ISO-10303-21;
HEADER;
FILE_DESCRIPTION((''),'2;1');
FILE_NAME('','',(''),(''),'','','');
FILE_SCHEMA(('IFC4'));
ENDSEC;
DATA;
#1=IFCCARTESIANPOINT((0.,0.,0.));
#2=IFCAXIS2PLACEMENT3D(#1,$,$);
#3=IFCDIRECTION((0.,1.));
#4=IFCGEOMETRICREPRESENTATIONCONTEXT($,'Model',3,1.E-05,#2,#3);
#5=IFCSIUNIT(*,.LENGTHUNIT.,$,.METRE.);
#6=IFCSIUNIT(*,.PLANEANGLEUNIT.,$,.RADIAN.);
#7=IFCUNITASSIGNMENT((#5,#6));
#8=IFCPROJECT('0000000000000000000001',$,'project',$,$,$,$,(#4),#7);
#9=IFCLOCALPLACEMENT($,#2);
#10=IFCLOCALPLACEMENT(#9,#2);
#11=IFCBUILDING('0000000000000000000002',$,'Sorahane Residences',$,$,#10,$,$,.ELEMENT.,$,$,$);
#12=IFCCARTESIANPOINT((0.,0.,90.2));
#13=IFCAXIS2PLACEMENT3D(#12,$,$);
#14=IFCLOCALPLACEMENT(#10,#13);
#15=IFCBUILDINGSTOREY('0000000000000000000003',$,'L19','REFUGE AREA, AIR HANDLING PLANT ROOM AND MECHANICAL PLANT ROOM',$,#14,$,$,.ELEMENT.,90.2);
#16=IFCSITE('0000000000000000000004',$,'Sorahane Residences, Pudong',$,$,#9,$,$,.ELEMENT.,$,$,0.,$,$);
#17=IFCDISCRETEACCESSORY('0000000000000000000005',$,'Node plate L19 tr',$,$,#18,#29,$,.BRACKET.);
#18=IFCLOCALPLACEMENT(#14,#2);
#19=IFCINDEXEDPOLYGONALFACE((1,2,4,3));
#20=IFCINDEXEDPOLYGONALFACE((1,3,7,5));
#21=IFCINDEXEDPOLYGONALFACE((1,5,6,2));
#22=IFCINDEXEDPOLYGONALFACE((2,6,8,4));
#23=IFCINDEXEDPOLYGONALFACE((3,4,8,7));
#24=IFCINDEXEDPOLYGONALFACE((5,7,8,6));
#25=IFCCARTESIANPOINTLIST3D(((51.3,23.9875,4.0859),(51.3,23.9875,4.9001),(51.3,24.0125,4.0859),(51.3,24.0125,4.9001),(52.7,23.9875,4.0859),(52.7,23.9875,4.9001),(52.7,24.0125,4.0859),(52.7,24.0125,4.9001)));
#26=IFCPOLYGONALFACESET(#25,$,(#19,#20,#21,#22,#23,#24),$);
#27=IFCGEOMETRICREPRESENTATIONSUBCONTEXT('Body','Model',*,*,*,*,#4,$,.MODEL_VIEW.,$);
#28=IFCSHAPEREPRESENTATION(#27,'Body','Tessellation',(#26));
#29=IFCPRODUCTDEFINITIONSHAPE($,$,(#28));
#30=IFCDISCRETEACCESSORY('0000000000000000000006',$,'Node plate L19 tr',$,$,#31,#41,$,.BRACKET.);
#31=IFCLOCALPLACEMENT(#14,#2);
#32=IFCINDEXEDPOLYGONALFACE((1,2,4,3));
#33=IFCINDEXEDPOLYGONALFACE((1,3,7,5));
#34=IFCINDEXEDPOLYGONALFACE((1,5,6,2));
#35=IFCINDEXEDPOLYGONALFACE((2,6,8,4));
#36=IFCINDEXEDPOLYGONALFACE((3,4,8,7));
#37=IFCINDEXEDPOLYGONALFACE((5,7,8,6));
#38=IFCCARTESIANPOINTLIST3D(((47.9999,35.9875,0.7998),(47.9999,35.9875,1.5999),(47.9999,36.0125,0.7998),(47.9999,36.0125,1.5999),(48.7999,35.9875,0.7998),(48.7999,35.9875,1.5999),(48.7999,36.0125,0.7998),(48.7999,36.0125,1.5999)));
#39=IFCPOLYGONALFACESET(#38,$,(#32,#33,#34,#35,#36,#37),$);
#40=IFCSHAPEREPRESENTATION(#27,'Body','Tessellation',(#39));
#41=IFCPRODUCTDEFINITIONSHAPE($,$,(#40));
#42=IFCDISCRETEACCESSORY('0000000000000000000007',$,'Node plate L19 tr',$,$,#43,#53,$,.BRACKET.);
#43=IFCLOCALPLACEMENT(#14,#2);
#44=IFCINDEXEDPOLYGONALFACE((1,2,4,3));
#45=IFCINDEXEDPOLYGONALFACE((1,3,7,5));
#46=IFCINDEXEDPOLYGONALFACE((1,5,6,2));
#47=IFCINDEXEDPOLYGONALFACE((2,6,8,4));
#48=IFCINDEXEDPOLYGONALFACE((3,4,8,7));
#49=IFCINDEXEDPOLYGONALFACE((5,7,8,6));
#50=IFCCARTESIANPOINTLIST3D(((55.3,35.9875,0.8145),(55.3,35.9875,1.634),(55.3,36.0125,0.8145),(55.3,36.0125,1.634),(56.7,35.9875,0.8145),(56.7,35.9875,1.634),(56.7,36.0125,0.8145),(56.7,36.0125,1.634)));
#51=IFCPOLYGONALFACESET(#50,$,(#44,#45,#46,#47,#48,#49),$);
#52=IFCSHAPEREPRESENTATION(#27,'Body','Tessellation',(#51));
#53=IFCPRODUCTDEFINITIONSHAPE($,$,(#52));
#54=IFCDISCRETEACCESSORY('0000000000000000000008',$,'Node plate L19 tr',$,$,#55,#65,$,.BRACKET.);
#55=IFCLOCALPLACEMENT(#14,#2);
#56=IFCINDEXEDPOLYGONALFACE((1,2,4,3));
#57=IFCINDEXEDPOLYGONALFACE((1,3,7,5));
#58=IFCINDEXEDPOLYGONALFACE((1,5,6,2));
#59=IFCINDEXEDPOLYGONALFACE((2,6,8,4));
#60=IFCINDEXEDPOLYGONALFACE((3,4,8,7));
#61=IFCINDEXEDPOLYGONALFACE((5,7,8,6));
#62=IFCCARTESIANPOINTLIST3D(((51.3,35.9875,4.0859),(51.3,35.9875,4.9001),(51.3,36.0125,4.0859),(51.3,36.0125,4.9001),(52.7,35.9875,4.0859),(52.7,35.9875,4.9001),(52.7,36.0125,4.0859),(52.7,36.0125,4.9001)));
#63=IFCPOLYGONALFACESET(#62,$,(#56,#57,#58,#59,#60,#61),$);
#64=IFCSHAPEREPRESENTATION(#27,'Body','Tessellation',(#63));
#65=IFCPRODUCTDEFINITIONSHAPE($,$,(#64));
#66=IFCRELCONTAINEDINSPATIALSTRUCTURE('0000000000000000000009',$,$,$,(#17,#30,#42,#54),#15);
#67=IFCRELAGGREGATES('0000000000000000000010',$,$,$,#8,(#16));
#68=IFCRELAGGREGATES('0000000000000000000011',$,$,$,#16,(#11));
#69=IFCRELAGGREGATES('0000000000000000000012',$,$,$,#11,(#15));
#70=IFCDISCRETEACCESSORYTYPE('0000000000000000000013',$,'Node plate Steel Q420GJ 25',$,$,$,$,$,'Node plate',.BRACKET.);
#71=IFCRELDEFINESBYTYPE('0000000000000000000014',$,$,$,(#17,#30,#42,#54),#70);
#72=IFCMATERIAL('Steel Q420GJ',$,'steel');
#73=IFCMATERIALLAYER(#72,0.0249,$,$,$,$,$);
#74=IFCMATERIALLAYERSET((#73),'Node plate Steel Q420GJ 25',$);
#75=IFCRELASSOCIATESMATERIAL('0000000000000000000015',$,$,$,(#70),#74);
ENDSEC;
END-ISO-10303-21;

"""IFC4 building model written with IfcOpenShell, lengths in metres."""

from ifc_helpers import new_model, si_unit, direction, frame, origin, origin_2d, place, context, subcontext, project, spatial, rectangle, extrude, material, layer, layer_set, type_object, element, save


model = new_model("IFC4")

# Units and contexts
model_context = context("Model", 3, precision=1e-05, world=origin(), true_north=direction((0.0, 1.0)))
body_context = subcontext(model_context, "Body", "Model", "MODEL_VIEW")
ifc_project = project(units=[si_unit("LENGTHUNIT", "METRE"), si_unit("PLANEANGLEUNIT", "RADIAN")], contexts=[model_context])

# Site, building, storey
site_placement = place(None, origin())
site = spatial("IfcSite", under=ifc_project, at=site_placement, Name="Sorahane Residences, Pudong", CompositionType="ELEMENT", RefElevation=0.0)
building_placement = place(site_placement, origin())
building = spatial("IfcBuilding", under=site, at=building_placement, Name="Sorahane Residences", CompositionType="ELEMENT")
storey_placement = place(building_placement, frame((0.0, 0.0, 90.2)))
storey = spatial("IfcBuildingStorey", under=building, at=storey_placement, Name="L19", Description="REFUGE AREA, AIR HANDLING PLANT ROOM AND MECHANICAL PLANT ROOM", CompositionType="ELEMENT", Elevation=90.2)

# Discrete accessories
ifc_material_1 = material(Name="Steel Q420GJ", Category="steel")
ifc_layer_1 = layer(ifc_material_1, 0.0249)
ifc_layer_set_1 = layer_set([ifc_layer_1], Name="Node plate Steel Q420GJ 25")
discrete_accessory_type_1 = type_object("IfcDiscreteAccessoryType", Name="Node plate Steel Q420GJ 25", ElementType="Node plate", PredefinedType="BRACKET", material=ifc_layer_set_1)
discrete_accessory_1_placement = place(storey_placement, frame((52.0, 24.0, 4.0859), z_axis=(0.0, 0.0, 1.0), x_axis=(1.0, 0.0, 0.0)))
element("IfcDiscreteAccessory", 1, at=discrete_accessory_1_placement, inside=storey, type_object=discrete_accessory_type_1, Name="Node plate L19 tr", PredefinedType="BRACKET", context=body_context, shape_type="SweptSolid", body=[
    extrude(rectangle(XDim=1.3999, YDim=0.0249, at=origin_2d()), origin(), (0.0, 0.0, 1.0), 0.8142),
])
discrete_accessory_2_placement = place(storey_placement, frame((48.3999, 36.0, 0.7998), z_axis=(0.0, 0.0, 1.0), x_axis=(1.0, 0.0, 0.0)))
element("IfcDiscreteAccessory", 2, at=discrete_accessory_2_placement, inside=storey, type_object=discrete_accessory_type_1, Name="Node plate L19 tr", PredefinedType="BRACKET", context=body_context, shape_type="SweptSolid", body=[
    extrude(rectangle(XDim=0.8, YDim=0.0249, at=origin_2d()), origin(), (0.0, 0.0, 1.0), 0.8),
])
discrete_accessory_3_placement = place(storey_placement, frame((56.0, 36.0, 0.8145), z_axis=(0.0, 0.0, 1.0), x_axis=(1.0, 0.0, 0.0)))
element("IfcDiscreteAccessory", 3, at=discrete_accessory_3_placement, inside=storey, type_object=discrete_accessory_type_1, Name="Node plate L19 tr", PredefinedType="BRACKET", context=body_context, shape_type="SweptSolid", body=[
    extrude(rectangle(XDim=1.3999, YDim=0.0249, at=origin_2d()), origin(), (0.0, 0.0, 1.0), 0.8196),
])
discrete_accessory_4_placement = place(storey_placement, frame((52.0, 36.0, 4.0859), z_axis=(0.0, 0.0, 1.0), x_axis=(1.0, 0.0, 0.0)))
element("IfcDiscreteAccessory", 4, at=discrete_accessory_4_placement, inside=storey, type_object=discrete_accessory_type_1, Name="Node plate L19 tr", PredefinedType="BRACKET", context=body_context, shape_type="SweptSolid", body=[
    extrude(rectangle(XDim=1.3999, YDim=0.0249, at=origin_2d()), origin(), (0.0, 0.0, 1.0), 0.8142),
])

save(model, "model.ifc")
